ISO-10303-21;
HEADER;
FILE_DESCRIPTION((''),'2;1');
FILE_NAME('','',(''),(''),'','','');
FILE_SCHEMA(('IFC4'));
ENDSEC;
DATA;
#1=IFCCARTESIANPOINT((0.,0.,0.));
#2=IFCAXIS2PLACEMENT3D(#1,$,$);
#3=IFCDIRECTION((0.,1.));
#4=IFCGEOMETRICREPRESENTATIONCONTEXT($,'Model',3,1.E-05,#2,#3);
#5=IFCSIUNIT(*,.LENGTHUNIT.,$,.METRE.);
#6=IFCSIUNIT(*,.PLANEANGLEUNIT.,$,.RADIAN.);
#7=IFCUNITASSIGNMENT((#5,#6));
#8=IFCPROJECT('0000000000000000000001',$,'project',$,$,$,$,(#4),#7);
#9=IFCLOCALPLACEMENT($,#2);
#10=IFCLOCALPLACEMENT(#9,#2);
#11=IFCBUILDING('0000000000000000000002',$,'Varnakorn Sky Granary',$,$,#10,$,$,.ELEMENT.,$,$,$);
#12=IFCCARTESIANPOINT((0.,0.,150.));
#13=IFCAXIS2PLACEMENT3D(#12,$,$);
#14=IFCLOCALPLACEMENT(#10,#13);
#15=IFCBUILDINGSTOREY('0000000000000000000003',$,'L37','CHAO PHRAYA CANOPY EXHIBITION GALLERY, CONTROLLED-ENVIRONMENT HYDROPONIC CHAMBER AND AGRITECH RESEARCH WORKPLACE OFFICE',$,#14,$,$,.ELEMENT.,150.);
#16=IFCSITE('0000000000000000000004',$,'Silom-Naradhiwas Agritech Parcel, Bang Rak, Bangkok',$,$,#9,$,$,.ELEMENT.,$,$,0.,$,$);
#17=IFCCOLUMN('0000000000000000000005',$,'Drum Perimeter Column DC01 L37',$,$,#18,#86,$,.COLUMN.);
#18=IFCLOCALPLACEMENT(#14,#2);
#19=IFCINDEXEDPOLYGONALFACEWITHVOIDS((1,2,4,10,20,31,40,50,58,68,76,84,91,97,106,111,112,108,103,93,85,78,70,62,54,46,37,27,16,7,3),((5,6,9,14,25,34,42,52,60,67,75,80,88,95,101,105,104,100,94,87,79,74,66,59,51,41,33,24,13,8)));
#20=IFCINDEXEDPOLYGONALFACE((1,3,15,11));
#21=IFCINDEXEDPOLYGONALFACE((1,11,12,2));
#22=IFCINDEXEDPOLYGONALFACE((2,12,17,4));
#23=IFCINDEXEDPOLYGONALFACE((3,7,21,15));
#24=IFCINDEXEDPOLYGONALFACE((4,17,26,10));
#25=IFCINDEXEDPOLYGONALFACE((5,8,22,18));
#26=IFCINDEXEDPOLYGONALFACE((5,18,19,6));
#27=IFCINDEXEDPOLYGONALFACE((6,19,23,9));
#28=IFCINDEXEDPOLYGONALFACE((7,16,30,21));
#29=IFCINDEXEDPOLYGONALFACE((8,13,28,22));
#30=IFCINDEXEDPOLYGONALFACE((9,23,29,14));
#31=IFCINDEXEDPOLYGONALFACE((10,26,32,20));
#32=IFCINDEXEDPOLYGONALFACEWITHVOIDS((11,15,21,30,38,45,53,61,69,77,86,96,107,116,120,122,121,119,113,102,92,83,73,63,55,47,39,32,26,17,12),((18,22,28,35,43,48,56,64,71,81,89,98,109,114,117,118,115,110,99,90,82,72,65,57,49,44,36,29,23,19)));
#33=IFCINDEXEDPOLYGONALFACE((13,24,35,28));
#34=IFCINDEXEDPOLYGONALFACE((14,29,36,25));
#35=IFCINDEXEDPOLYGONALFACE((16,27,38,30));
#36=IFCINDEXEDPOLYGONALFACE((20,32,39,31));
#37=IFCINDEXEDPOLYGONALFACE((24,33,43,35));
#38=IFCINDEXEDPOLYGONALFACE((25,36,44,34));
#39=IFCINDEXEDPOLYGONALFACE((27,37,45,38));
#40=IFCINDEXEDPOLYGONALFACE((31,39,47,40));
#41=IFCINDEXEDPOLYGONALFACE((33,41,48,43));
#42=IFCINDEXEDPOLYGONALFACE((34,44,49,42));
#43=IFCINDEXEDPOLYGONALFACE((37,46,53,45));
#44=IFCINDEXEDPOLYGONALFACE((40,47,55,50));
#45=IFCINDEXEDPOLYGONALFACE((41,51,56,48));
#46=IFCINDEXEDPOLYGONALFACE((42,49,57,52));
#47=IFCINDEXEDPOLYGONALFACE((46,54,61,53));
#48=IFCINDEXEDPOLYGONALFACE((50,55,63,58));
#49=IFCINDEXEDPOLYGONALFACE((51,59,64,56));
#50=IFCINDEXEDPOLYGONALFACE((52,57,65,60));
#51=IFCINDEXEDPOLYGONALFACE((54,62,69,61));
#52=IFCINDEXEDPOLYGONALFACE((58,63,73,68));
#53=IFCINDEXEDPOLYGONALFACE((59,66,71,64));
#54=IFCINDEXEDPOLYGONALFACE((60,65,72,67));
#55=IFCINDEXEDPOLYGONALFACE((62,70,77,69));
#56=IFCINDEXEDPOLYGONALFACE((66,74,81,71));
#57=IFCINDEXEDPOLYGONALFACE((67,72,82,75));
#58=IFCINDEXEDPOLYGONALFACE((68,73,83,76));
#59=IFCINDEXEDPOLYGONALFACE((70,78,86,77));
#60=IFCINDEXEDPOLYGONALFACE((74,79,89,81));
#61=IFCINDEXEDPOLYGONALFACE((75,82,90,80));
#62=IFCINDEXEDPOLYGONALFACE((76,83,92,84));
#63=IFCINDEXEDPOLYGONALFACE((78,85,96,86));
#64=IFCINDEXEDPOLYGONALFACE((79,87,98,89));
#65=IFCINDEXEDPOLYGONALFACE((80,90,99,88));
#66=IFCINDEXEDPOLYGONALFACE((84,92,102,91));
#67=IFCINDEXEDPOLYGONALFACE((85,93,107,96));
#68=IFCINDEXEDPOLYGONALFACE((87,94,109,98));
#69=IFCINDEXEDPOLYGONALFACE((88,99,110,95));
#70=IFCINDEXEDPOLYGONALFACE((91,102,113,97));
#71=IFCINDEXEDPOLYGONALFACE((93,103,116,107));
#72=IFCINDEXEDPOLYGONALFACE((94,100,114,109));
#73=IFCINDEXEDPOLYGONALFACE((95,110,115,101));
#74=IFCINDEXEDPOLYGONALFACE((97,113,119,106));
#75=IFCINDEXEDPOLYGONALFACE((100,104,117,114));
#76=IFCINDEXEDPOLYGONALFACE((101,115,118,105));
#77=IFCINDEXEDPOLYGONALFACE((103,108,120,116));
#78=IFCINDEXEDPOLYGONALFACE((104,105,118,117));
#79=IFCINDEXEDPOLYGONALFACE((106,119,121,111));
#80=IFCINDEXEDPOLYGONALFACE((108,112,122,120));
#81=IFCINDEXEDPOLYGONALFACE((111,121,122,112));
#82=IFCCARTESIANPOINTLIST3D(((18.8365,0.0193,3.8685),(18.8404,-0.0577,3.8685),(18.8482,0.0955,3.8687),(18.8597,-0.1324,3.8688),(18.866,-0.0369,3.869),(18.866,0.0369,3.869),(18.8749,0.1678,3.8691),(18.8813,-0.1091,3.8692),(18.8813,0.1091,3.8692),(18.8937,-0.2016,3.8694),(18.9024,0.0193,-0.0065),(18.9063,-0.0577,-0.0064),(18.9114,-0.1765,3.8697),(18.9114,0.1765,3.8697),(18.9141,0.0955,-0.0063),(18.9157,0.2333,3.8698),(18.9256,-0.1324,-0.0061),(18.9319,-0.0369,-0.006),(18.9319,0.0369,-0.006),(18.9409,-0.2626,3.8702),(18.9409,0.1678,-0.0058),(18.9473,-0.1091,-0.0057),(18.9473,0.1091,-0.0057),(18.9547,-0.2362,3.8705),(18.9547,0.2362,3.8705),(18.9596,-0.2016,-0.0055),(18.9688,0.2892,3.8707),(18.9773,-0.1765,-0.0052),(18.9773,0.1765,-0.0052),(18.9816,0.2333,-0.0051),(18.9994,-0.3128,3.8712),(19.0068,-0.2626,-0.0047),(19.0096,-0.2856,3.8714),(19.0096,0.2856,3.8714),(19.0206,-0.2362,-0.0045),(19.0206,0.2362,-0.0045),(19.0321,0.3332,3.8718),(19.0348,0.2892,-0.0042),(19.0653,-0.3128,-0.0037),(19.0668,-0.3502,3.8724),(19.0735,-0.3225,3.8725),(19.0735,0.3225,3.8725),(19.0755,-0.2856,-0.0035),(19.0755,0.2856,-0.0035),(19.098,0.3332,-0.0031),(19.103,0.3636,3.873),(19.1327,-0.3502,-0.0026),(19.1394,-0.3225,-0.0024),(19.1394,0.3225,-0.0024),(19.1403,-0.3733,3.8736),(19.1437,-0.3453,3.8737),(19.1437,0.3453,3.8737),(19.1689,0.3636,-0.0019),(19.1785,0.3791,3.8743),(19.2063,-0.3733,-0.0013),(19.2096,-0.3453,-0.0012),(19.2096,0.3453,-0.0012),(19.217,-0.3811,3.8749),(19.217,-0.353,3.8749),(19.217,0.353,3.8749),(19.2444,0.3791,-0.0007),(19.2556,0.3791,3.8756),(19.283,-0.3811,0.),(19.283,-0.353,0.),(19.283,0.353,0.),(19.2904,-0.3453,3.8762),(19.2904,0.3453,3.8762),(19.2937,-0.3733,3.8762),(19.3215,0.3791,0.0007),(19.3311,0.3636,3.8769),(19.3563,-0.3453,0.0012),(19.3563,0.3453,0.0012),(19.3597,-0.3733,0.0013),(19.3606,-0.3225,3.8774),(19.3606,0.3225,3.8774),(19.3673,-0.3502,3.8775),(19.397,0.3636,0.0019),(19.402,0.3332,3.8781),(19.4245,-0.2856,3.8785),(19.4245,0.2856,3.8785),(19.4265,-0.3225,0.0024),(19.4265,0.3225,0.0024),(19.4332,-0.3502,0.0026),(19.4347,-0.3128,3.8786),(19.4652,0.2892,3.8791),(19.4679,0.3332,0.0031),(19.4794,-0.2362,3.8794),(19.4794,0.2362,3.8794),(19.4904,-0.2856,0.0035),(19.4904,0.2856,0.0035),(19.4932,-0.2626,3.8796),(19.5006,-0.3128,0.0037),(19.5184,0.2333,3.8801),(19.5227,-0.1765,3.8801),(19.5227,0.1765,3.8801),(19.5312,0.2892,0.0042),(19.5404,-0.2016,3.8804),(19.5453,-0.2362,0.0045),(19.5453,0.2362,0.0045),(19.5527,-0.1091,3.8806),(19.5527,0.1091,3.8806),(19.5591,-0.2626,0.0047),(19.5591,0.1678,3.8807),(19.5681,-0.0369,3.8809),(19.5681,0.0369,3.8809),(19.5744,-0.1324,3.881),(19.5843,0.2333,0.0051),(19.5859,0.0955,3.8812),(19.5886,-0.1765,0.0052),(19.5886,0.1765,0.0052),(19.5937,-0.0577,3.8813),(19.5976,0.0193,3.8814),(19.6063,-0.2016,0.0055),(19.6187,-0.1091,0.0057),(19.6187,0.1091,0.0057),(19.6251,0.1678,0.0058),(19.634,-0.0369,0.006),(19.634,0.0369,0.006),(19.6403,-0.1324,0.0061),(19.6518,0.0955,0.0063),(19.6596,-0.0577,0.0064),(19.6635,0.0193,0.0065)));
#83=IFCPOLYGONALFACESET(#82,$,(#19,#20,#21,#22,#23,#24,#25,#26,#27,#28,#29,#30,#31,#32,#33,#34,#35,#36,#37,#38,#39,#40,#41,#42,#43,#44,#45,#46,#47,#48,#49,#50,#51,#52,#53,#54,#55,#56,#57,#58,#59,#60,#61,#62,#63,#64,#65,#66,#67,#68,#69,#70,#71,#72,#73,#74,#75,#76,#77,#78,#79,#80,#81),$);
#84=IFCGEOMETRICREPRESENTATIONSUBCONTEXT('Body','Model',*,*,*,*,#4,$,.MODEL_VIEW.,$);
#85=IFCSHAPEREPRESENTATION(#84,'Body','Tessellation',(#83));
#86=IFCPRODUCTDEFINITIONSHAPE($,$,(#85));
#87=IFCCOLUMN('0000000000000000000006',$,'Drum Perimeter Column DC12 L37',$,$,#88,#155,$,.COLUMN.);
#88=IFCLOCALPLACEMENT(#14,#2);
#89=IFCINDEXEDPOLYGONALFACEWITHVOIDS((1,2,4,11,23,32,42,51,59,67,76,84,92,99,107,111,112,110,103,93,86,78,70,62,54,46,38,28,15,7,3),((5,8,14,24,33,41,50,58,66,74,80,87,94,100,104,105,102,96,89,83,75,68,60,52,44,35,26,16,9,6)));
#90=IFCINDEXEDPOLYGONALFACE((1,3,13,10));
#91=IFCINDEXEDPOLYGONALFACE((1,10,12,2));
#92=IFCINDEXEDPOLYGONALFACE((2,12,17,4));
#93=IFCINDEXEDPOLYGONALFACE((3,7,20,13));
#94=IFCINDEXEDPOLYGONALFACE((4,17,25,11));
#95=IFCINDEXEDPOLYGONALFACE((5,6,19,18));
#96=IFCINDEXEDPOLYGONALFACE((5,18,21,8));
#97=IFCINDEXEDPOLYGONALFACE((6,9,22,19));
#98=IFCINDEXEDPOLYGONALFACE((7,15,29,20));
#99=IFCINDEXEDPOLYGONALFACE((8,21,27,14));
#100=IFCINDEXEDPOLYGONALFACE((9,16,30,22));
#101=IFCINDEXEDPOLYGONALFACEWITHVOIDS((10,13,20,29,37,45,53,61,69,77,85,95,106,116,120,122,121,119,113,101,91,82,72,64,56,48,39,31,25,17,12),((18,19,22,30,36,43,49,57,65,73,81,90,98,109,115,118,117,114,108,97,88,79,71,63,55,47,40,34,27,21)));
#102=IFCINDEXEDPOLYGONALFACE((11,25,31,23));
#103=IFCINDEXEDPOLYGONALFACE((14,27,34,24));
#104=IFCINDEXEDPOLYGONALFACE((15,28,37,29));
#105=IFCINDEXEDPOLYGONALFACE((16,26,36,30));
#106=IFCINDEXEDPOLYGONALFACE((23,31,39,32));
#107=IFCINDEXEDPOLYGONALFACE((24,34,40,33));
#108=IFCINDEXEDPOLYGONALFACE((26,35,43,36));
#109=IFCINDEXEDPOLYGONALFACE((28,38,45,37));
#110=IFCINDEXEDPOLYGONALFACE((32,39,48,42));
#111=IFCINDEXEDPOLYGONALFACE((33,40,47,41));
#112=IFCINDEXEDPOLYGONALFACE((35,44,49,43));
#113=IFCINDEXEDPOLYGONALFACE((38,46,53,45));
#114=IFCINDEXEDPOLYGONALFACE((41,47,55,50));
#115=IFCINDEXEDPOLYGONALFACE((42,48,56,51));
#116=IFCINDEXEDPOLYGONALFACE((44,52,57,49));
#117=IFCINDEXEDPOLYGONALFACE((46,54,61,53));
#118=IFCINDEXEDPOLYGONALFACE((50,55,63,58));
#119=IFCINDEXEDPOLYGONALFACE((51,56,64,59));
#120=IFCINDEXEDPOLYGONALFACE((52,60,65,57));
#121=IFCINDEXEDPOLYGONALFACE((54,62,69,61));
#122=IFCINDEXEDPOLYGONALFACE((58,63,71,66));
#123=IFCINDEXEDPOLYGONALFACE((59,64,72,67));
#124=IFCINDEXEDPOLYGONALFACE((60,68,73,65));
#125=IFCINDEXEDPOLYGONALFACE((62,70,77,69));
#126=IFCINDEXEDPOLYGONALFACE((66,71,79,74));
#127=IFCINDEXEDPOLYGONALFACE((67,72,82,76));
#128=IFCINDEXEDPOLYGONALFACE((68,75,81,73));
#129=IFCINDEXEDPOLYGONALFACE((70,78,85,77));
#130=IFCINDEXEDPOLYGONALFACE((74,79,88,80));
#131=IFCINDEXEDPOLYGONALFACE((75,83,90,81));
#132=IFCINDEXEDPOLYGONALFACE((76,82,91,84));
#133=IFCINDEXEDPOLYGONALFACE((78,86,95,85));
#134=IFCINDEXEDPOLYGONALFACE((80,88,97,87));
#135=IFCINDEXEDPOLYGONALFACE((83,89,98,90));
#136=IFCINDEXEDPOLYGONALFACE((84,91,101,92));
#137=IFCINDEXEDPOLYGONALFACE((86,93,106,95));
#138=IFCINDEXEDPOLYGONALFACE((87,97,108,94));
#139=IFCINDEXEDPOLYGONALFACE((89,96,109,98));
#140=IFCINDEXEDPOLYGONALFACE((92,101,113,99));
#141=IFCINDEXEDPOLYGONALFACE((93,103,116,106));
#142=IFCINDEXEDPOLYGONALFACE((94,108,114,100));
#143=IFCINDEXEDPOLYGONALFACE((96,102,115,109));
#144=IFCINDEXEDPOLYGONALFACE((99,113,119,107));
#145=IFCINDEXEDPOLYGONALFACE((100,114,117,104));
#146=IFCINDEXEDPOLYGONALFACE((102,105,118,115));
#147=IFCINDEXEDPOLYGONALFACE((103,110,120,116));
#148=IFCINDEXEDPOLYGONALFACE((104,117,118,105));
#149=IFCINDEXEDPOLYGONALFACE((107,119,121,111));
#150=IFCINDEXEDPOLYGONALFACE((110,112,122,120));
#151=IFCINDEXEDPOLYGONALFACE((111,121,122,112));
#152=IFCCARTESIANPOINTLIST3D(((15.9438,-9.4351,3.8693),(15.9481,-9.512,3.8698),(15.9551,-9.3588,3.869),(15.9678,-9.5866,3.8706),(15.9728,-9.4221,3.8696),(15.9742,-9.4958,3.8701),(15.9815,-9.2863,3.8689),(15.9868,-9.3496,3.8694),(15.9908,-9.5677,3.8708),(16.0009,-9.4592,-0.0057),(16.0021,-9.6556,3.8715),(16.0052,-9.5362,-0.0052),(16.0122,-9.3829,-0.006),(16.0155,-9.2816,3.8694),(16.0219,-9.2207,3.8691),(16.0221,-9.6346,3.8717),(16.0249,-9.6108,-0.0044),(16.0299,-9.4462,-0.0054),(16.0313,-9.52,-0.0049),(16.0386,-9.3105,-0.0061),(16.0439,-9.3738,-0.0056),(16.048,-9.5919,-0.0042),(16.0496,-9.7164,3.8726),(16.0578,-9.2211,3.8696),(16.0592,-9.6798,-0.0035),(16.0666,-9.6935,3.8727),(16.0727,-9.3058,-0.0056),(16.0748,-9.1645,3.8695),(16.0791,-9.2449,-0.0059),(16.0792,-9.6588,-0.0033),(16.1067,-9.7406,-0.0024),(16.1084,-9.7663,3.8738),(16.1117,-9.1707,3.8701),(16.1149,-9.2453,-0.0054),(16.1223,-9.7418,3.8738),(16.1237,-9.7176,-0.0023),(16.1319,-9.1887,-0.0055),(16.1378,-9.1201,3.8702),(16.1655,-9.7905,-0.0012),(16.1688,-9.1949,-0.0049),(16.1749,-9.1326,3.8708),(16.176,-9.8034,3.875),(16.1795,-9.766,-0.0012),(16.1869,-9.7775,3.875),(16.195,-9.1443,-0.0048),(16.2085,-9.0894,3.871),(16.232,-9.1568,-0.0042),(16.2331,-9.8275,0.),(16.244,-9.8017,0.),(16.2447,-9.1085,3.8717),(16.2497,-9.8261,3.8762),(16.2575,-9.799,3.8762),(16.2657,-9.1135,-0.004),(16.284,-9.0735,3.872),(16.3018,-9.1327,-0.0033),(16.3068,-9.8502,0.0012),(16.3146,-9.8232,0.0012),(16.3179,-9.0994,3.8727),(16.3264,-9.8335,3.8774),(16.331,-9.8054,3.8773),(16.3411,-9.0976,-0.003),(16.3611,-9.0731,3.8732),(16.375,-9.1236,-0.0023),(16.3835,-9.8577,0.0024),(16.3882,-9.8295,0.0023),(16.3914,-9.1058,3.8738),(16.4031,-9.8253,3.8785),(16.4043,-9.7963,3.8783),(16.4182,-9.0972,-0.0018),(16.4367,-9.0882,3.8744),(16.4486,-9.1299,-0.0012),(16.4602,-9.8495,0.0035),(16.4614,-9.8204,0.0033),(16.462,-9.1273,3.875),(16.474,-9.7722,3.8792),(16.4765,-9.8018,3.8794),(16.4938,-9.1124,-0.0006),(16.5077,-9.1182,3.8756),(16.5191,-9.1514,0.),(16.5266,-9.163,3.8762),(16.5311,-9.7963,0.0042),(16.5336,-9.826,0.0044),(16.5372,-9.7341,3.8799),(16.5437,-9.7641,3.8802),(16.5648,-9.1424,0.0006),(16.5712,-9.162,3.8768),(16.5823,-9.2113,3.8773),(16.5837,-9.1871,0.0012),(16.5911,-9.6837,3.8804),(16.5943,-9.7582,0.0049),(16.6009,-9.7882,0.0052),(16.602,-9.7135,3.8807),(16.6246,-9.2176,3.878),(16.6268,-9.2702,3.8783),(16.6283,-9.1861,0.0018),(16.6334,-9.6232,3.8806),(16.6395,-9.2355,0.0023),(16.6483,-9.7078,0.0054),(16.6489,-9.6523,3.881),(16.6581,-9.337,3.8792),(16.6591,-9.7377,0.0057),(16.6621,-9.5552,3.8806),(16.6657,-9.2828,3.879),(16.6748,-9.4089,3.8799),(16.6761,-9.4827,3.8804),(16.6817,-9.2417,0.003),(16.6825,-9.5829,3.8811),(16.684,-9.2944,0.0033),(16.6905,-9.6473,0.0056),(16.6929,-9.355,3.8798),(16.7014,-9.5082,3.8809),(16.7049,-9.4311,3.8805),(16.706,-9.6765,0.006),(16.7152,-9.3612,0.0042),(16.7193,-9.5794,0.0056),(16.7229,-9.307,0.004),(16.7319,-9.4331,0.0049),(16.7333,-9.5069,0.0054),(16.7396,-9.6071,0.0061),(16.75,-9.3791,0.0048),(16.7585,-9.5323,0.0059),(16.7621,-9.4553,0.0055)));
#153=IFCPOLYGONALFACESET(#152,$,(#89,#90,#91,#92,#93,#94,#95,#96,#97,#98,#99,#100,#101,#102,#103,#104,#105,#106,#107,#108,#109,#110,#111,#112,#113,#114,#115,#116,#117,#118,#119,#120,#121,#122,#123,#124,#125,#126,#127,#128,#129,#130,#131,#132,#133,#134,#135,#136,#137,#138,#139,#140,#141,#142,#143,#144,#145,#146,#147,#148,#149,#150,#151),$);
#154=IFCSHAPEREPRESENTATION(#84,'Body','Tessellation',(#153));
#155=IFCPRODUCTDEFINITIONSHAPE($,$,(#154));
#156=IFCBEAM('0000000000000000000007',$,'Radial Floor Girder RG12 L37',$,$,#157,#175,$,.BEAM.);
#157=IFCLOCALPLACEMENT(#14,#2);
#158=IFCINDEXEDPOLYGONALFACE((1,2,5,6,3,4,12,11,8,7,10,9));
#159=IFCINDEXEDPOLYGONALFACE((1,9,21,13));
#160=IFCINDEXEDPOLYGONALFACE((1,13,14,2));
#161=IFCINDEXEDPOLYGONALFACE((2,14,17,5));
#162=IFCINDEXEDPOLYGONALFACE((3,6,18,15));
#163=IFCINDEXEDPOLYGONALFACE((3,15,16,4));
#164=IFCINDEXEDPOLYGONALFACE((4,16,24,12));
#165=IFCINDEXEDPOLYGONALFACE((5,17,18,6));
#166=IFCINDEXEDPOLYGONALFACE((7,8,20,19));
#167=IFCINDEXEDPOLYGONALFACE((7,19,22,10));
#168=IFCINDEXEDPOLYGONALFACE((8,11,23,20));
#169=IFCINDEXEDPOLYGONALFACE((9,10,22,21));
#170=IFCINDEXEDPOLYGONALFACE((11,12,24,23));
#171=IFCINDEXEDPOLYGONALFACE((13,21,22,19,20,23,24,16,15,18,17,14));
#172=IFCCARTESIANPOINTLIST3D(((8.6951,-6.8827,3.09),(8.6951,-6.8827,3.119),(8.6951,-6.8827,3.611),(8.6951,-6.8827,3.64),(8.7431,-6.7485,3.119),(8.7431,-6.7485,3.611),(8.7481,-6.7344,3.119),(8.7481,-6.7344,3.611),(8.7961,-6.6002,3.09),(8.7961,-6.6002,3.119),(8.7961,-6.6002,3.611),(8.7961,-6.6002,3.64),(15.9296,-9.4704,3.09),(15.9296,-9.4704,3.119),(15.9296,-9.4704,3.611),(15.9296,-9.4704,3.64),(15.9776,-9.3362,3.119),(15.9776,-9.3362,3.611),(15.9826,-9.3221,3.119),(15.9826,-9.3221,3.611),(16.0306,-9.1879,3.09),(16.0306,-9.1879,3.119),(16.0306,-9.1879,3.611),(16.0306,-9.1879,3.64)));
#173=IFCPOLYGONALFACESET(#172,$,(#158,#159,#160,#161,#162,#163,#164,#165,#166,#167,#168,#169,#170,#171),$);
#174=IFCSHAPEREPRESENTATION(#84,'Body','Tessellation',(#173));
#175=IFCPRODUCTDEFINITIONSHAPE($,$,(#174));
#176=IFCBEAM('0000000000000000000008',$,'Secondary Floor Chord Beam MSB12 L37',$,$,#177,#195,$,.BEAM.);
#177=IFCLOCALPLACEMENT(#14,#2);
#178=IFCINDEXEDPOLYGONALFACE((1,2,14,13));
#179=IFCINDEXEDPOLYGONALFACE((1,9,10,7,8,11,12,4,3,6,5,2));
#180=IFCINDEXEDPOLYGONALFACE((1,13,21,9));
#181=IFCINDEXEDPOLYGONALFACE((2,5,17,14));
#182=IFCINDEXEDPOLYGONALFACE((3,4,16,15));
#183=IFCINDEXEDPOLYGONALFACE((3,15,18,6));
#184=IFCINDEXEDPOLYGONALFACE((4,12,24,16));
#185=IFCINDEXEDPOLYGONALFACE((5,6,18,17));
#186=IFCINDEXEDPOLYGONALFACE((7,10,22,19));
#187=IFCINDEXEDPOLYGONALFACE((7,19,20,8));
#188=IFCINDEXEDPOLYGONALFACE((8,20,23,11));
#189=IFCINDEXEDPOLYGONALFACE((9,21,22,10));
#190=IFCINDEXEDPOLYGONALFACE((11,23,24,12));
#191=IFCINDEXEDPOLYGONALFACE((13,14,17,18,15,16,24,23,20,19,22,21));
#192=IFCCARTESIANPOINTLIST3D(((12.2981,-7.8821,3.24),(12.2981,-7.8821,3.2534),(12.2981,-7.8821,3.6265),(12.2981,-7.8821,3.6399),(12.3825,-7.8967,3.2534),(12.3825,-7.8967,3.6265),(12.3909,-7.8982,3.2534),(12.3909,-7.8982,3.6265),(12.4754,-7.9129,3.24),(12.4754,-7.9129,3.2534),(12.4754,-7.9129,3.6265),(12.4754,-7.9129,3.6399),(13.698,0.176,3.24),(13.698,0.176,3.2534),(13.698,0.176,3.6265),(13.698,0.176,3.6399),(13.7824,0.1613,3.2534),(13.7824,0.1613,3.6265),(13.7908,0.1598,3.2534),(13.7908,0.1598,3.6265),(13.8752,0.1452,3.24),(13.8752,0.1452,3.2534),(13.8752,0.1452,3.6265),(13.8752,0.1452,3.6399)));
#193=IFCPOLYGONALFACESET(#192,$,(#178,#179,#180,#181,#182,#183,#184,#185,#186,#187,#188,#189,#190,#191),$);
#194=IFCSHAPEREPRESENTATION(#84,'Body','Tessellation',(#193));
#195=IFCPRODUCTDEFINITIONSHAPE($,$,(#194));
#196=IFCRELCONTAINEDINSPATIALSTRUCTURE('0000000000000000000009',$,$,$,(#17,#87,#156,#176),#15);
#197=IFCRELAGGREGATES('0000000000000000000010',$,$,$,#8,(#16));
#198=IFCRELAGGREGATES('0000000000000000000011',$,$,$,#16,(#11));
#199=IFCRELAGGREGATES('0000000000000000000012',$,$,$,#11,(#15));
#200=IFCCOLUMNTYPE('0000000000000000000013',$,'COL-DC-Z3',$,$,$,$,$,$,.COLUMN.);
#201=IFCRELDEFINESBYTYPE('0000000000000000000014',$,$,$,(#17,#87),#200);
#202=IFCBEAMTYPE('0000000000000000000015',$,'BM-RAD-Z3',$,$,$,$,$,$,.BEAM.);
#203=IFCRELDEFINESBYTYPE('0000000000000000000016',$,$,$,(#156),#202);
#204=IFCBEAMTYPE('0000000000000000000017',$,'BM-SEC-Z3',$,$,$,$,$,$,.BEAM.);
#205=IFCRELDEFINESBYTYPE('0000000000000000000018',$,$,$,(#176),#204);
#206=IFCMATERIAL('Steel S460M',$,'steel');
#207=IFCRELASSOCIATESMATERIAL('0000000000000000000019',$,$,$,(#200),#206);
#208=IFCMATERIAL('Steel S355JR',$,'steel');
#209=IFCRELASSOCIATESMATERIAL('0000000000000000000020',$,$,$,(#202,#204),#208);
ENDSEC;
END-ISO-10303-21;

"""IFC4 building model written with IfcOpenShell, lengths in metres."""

from ifc_helpers import new_model, si_unit, direction, frame, origin, origin_2d, place, context, subcontext, project, spatial, hollow_circle, i_section, extrude, material, material_profile, profile_set, type_object, element, save


model = new_model("IFC4")

# Units and contexts
model_context = context("Model", 3, precision=1e-05, world=origin(), true_north=direction((0.0, 1.0)))
body_context = subcontext(model_context, "Body", "Model", "MODEL_VIEW")
ifc_project = project(units=[si_unit("LENGTHUNIT", "METRE"), si_unit("PLANEANGLEUNIT", "RADIAN")], contexts=[model_context])

# Site, building, storey
site_placement = place(None, origin())
site = spatial("IfcSite", under=ifc_project, at=site_placement, Name="Silom-Naradhiwas Agritech Parcel, Bang Rak, Bangkok", CompositionType="ELEMENT", RefElevation=0.0)
building_placement = place(site_placement, origin())
building = spatial("IfcBuilding", under=site, at=building_placement, Name="Varnakorn Sky Granary", CompositionType="ELEMENT")
storey_placement = place(building_placement, frame((0.0, 0.0, 150.0)))
storey = spatial("IfcBuildingStorey", under=building, at=storey_placement, Name="L37", Description="CHAO PHRAYA CANOPY EXHIBITION GALLERY, CONTROLLED-ENVIRONMENT HYDROPONIC CHAMBER AND AGRITECH RESEARCH WORKPLACE OFFICE", CompositionType="ELEMENT", Elevation=150.0)

# Columns
ifc_material_1 = material(Name="Steel S460M", Category="steel")
ifc_material_profile_1 = material_profile(ifc_material_1, hollow_circle(Radius=0.3811, WallThickness=0.0281, at=origin_2d()), Name="CHS 762x28")
ifc_profile_set_1 = profile_set([ifc_material_profile_1], Name="Steel S460M")
column_type = type_object("IfcColumnType", Name="COL-DC-Z3", PredefinedType="COLUMN", material=ifc_profile_set_1)
for number, where, z_axis, x_axis, name in (
    (1, (19.283, 0.0, 0.0), (-0.017009, 0.0, 0.999855), (0.0, -1.0, 0.0), "Drum Perimeter Column DC01 L37"),
    (2, (16.3816, -9.4766, 0.0), (-0.014741, 0.006237, 0.999872), (-0.38964, -0.920967, 0.0), "Drum Perimeter Column DC12 L37"),
):
    element("IfcColumn", number, at=place(storey_placement, frame(where, z_axis=z_axis, x_axis=x_axis)), inside=storey, type_object=column_type, Name=name, PredefinedType="COLUMN", context=body_context, shape_type="SweptSolid", body=[
        extrude(hollow_circle(Radius=0.3811, WallThickness=0.0281, at=origin_2d()), origin(), (0.0, 0.0, 1.0), 3.8755),
    ])

# Beams
ifc_material_2 = material(Name="Steel S355JR", Category="steel")
ifc_material_profile_2 = material_profile(ifc_material_2, i_section(OverallWidth=0.3, OverallDepth=0.55, WebThickness=0.0149, FlangeThickness=0.0291, at=origin_2d()), Name="HE 550 B")
ifc_profile_set_2 = profile_set([ifc_material_profile_2], Name="Steel S355JR")
beam_type_1 = type_object("IfcBeamType", Name="BM-RAD-Z3", PredefinedType="BEAM", material=ifc_profile_set_2)
beam_1_placement = place(storey_placement, frame((8.7456, -6.7415, 3.365), z_axis=(0.941579, -0.336791, 0.0), x_axis=(0.336791, 0.941579, 0.0)))
element("IfcBeam", 3, at=beam_1_placement, inside=storey, type_object=beam_type_1, Name="Radial Floor Girder RG12 L37", PredefinedType="BEAM", context=body_context, shape_type="SweptSolid", body=[
    extrude(i_section(OverallWidth=0.3, OverallDepth=0.55, WebThickness=0.0149, FlangeThickness=0.0291, at=origin_2d()), origin(), (0.0, 0.0, 1.0), 7.6833),
])
ifc_material_profile_3 = material_profile(ifc_material_2, i_section(OverallWidth=0.1799, OverallDepth=0.3999, WebThickness=0.0085, FlangeThickness=0.0134, at=origin_2d()), Name="IPE 400")
ifc_profile_set_3 = profile_set([ifc_material_profile_3], Name="Steel S355JR")
beam_type_2 = type_object("IfcBeamType", Name="BM-SEC-Z3", PredefinedType="BEAM", material=ifc_profile_set_3)
beam_2_placement = place(storey_placement, frame((12.3867, -7.8975, 3.4399), z_axis=(0.171162, 0.985243, 0.0), x_axis=(-0.985243, 0.171162, 0.0)))
element("IfcBeam", 4, at=beam_2_placement, inside=storey, type_object=beam_type_2, Name="Secondary Floor Chord Beam MSB12 L37", PredefinedType="BEAM", context=body_context, shape_type="SweptSolid", body=[
    extrude(i_section(OverallWidth=0.1799, OverallDepth=0.3999, WebThickness=0.0085, FlangeThickness=0.0134, at=origin_2d()), origin(), (0.0, 0.0, 1.0), 8.1787),
])

save(model, "model.ifc")
